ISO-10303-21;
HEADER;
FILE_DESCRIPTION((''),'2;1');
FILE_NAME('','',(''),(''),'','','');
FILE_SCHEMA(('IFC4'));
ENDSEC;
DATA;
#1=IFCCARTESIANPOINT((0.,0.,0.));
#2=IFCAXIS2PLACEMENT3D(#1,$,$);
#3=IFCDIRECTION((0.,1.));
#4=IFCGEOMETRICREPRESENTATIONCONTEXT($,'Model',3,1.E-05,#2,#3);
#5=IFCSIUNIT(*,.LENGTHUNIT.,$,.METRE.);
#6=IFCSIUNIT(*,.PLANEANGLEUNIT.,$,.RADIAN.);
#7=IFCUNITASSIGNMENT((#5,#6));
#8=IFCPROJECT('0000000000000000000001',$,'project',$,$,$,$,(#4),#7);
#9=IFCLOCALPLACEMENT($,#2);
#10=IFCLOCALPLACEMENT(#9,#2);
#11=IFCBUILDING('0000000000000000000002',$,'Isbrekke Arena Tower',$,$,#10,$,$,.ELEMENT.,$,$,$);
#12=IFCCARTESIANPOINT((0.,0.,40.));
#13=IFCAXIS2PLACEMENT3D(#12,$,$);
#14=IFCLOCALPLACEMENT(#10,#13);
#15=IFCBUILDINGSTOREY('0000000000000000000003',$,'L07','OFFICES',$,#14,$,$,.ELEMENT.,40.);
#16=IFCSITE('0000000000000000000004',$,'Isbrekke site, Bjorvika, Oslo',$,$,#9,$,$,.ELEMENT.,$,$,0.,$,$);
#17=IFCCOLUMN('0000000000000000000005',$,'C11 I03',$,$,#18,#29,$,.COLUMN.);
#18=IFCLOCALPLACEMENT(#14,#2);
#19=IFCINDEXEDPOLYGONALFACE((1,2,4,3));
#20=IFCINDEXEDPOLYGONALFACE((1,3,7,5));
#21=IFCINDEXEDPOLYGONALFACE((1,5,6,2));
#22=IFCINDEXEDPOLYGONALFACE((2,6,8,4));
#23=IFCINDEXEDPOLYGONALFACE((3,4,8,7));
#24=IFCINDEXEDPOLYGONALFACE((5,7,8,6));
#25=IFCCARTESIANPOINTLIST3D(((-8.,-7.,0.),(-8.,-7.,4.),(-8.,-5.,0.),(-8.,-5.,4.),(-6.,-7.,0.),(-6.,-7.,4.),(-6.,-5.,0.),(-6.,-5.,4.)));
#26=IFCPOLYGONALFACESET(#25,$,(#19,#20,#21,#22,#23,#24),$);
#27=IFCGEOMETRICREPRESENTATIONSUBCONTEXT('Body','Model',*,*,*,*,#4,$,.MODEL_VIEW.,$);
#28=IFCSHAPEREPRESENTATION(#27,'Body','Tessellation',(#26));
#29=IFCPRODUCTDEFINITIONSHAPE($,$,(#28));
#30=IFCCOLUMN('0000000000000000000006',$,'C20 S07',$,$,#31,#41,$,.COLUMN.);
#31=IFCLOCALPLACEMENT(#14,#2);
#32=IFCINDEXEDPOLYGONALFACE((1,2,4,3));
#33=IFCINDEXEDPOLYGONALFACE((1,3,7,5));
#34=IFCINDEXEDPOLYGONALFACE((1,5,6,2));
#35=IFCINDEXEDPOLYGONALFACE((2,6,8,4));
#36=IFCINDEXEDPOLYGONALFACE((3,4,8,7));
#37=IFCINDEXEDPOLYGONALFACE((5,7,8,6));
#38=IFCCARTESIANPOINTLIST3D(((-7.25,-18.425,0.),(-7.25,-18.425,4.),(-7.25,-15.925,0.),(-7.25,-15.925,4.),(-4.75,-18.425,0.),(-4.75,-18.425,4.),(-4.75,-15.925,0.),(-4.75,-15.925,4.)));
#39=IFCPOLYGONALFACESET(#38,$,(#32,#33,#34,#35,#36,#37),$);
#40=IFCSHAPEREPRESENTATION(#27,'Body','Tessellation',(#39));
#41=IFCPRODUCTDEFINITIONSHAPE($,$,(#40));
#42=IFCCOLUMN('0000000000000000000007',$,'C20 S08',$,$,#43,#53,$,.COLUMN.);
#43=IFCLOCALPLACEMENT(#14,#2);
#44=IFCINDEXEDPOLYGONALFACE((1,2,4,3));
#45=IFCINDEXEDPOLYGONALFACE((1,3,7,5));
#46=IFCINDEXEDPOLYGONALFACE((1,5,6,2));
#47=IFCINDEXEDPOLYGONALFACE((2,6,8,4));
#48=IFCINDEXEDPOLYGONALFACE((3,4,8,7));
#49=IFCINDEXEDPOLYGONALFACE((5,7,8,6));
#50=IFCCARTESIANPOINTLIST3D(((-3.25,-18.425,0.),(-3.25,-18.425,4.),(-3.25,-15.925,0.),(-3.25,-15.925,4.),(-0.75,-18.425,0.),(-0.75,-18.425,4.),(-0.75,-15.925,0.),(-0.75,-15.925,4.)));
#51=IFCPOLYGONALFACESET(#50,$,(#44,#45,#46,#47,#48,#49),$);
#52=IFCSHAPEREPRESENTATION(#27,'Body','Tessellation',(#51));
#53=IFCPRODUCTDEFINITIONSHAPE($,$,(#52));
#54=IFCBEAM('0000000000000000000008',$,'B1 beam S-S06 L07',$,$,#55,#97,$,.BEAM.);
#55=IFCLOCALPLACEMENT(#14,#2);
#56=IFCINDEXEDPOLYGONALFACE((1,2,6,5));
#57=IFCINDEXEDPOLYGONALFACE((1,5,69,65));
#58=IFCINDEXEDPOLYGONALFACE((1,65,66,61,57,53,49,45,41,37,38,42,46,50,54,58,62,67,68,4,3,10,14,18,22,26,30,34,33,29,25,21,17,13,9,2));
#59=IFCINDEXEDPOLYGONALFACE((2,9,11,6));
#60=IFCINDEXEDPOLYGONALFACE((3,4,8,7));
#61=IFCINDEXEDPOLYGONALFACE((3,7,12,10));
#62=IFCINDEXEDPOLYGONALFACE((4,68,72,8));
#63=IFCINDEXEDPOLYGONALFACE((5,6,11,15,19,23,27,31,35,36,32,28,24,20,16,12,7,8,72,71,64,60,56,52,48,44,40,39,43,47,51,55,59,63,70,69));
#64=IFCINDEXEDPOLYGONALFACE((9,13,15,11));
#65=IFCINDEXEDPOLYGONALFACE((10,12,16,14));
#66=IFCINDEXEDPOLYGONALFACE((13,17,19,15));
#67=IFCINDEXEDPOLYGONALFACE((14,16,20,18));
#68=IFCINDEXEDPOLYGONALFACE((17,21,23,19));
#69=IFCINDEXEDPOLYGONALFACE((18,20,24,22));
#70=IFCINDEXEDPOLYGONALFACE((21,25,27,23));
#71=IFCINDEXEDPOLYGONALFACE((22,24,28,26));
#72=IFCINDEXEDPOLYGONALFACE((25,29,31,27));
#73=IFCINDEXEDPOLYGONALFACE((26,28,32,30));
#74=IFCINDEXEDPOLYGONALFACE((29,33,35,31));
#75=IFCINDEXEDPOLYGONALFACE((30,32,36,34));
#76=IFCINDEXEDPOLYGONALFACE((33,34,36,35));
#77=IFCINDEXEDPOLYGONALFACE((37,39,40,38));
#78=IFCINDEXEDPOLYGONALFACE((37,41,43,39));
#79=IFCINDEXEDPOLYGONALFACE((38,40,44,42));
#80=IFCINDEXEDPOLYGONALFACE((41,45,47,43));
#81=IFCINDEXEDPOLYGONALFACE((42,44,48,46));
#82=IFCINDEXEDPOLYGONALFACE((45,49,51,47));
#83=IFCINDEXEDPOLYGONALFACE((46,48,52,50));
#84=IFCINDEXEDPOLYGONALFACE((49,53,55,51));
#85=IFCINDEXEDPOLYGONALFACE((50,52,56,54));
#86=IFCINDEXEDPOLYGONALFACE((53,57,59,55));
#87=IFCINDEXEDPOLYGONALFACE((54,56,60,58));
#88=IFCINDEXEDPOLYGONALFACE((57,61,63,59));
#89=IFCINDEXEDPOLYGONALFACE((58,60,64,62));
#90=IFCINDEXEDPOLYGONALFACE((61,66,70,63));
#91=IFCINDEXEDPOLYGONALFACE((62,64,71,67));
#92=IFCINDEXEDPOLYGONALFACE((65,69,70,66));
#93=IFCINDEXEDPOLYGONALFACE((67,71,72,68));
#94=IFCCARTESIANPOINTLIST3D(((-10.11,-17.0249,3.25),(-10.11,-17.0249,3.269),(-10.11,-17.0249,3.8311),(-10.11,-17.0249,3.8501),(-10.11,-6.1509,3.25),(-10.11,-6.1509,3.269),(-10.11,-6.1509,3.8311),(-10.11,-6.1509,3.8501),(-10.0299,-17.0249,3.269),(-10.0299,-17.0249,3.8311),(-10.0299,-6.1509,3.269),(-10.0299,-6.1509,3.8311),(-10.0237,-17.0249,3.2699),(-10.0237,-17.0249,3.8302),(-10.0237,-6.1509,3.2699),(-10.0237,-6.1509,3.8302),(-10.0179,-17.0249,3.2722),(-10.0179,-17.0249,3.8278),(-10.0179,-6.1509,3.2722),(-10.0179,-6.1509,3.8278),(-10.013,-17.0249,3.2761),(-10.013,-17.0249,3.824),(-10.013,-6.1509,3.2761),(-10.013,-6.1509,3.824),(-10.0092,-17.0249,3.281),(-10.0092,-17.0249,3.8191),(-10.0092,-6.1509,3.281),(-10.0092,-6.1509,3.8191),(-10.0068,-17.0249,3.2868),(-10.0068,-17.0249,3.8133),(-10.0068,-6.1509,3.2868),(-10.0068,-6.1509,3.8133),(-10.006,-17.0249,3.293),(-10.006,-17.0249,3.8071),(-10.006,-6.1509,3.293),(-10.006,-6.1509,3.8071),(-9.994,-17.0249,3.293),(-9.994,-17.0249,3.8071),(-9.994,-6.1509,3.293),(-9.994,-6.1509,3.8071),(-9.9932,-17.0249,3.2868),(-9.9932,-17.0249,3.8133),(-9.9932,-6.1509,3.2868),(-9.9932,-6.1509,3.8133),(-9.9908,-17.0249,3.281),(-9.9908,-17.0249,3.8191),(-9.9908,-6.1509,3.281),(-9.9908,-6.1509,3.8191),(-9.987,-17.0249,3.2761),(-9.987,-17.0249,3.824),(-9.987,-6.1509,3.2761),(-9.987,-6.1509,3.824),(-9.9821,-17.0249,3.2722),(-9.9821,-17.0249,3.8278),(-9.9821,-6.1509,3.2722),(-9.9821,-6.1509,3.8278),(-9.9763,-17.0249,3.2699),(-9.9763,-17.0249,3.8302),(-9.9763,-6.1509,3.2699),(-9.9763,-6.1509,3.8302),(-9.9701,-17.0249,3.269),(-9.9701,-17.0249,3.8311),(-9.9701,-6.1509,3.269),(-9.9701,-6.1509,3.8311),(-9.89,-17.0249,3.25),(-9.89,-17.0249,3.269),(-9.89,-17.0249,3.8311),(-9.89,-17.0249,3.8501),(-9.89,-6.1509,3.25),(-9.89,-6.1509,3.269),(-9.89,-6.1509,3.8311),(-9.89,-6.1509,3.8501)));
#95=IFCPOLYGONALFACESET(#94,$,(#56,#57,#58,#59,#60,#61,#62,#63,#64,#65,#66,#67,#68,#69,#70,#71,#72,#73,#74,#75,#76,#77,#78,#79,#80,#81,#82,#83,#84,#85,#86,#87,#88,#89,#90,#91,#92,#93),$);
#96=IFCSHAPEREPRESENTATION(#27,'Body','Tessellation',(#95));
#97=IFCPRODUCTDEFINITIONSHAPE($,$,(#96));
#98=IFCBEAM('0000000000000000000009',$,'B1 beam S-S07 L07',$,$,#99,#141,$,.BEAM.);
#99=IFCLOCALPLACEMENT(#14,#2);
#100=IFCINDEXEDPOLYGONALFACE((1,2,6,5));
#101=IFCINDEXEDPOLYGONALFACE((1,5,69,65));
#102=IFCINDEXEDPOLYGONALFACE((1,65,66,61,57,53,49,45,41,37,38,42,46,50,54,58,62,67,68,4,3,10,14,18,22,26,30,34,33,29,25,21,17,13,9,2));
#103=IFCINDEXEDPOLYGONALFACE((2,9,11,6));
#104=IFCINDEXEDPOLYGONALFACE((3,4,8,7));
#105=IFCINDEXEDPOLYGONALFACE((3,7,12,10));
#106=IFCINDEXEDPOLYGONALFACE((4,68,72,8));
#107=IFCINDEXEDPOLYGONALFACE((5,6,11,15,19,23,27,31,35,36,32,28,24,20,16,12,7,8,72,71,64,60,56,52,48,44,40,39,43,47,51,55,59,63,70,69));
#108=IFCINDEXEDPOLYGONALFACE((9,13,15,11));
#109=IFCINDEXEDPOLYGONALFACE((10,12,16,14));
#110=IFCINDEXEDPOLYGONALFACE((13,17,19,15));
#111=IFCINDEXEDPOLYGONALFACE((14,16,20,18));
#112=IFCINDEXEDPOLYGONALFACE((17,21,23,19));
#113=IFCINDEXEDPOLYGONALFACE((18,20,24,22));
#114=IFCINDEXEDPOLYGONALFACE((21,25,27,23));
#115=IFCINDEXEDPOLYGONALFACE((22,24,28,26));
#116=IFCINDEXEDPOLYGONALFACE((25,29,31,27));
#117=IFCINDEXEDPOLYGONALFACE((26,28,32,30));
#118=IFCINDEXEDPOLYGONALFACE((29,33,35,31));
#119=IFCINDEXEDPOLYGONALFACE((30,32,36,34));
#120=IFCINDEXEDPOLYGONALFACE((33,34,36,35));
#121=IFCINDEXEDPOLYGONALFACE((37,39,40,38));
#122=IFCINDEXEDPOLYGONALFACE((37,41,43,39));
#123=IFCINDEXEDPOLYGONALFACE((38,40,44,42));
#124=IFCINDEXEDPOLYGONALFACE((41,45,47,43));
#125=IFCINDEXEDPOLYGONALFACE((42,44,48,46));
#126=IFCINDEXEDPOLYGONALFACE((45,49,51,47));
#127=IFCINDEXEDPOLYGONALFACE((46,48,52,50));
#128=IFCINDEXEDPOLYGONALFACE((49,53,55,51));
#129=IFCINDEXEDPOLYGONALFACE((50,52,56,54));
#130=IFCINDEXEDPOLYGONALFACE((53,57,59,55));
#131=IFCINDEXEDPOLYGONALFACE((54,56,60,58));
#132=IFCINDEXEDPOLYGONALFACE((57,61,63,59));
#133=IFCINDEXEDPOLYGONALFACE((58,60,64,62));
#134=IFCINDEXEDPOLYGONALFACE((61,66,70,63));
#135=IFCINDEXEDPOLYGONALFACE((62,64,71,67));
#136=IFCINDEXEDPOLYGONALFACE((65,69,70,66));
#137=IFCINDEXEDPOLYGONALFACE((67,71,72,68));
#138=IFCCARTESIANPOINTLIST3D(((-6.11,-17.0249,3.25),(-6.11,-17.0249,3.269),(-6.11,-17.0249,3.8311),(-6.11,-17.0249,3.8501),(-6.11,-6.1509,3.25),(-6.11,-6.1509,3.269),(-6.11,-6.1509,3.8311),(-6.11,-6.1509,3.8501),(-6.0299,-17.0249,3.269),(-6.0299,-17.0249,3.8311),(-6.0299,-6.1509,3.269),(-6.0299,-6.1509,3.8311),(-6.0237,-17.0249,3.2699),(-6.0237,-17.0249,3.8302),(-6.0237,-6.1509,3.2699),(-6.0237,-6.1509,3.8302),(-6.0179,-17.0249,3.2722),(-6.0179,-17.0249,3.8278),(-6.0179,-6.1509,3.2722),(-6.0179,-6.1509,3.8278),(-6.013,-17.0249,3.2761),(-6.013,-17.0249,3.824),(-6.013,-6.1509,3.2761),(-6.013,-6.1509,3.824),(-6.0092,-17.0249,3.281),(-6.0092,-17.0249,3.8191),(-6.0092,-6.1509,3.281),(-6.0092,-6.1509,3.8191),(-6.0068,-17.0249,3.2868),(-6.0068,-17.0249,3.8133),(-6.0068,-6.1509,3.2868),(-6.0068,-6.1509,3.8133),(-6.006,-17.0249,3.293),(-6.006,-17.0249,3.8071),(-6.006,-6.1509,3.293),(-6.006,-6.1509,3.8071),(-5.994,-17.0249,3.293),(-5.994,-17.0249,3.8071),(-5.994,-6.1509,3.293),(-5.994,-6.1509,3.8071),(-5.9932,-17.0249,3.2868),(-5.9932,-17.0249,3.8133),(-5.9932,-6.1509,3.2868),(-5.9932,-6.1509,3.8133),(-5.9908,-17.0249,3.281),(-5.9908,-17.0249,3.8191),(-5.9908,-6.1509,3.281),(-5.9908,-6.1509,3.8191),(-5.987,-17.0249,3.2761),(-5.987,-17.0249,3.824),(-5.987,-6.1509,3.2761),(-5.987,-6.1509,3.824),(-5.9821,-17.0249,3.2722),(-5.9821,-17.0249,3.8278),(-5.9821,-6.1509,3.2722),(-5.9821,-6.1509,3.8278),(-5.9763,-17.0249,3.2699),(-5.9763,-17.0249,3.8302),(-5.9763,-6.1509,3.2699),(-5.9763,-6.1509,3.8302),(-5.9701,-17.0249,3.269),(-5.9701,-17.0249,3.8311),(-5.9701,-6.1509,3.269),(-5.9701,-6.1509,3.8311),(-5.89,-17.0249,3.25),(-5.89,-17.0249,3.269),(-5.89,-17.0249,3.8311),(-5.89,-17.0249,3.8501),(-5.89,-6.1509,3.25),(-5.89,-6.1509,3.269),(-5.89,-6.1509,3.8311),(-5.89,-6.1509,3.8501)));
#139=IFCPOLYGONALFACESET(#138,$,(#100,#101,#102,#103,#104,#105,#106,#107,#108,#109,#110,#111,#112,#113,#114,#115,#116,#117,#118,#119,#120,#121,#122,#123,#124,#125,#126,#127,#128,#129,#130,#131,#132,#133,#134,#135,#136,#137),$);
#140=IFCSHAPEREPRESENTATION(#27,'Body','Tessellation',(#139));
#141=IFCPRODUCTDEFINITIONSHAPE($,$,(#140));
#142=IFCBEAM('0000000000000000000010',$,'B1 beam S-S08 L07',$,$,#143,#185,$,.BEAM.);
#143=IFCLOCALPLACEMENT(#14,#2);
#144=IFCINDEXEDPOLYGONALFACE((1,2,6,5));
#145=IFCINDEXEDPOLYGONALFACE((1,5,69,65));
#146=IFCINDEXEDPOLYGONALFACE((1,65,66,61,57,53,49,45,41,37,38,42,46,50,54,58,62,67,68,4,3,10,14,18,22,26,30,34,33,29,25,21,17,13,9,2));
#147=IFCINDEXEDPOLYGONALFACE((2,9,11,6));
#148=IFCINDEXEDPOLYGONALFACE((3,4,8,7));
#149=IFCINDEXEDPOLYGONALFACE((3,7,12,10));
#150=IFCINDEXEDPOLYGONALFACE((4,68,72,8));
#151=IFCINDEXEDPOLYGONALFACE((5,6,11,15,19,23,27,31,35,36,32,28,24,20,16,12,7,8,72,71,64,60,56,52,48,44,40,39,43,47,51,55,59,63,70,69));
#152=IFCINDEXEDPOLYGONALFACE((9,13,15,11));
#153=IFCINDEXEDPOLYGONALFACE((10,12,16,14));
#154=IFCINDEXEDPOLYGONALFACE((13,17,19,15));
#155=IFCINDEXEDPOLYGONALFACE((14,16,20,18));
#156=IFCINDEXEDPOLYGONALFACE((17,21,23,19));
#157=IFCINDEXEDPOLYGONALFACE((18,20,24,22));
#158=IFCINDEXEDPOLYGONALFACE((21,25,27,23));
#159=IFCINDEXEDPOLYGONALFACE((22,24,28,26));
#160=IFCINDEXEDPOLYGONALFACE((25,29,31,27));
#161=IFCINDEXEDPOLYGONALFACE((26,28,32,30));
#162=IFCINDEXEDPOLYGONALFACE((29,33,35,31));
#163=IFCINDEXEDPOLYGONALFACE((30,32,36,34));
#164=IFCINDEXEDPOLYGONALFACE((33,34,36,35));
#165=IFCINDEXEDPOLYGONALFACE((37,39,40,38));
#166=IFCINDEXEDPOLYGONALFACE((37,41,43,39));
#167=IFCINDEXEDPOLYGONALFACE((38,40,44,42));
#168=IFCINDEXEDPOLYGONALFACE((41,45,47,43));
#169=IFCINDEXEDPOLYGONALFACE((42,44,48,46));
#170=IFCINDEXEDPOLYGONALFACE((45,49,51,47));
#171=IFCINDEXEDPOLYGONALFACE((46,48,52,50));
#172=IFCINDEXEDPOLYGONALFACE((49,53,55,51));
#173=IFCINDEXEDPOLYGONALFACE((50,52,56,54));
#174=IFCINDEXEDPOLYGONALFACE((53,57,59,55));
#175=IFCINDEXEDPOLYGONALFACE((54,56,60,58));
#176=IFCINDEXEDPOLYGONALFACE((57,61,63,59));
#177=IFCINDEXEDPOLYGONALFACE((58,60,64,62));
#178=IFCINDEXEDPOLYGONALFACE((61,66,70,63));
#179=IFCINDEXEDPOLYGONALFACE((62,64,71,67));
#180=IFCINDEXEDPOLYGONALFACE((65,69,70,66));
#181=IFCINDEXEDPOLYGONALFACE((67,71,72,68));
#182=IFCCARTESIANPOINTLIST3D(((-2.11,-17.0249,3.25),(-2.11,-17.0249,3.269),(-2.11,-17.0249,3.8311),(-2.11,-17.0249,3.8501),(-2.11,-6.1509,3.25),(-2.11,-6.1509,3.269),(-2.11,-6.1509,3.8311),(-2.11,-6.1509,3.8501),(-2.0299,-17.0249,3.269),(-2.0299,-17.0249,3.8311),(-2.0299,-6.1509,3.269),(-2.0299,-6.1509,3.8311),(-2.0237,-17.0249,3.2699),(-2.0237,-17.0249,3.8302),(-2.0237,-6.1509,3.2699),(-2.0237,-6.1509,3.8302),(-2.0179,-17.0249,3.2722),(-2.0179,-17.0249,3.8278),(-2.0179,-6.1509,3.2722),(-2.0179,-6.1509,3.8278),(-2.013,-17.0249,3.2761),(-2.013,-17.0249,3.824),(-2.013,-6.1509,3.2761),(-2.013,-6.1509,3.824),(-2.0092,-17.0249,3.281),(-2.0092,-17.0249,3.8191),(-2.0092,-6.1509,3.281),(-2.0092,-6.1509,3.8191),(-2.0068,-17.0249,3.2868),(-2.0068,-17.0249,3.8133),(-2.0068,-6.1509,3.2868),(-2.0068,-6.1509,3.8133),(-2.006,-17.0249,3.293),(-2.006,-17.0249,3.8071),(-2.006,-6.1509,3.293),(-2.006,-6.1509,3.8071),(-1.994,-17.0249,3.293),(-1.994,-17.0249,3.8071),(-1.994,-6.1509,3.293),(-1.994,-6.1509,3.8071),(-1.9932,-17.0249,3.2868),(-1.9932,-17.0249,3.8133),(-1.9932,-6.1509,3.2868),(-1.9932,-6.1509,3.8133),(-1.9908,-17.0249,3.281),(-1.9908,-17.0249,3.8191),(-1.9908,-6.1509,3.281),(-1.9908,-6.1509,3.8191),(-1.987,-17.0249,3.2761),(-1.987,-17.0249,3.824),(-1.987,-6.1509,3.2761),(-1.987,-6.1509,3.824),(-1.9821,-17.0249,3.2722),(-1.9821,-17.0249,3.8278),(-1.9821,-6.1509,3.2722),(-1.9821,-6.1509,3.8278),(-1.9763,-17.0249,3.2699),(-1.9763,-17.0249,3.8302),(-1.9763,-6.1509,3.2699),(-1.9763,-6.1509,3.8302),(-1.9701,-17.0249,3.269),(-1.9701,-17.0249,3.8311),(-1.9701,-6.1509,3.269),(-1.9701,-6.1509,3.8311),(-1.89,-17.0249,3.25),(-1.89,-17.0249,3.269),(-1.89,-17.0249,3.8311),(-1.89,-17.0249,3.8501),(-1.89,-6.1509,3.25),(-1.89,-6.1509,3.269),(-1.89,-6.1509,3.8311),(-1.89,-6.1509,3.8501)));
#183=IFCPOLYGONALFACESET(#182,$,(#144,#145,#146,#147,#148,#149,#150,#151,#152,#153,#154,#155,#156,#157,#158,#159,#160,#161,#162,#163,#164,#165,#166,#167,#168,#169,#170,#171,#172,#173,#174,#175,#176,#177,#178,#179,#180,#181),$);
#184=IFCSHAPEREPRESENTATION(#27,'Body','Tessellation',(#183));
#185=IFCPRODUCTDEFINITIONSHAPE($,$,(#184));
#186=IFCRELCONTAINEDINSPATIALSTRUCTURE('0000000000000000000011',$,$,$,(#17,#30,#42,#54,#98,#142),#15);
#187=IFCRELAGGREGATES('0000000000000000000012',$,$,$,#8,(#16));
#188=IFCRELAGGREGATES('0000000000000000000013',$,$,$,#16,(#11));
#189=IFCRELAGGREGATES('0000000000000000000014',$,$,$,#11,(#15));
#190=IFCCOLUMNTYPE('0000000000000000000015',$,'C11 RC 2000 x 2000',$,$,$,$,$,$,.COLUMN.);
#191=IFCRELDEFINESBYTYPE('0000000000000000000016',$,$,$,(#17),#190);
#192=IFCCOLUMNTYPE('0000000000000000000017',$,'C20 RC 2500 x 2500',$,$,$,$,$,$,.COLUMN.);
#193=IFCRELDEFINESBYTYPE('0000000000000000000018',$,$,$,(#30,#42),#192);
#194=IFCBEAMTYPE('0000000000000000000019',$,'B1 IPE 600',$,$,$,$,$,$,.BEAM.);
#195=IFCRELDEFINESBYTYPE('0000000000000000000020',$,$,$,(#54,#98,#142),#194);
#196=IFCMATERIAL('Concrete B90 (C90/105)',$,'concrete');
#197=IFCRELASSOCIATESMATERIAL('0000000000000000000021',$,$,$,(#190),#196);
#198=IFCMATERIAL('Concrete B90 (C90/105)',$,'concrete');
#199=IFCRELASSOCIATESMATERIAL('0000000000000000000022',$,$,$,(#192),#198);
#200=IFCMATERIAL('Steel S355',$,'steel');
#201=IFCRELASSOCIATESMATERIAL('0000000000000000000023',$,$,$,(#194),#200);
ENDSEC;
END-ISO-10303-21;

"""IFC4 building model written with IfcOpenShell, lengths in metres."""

from ifc_helpers import new_model, si_unit, direction, frame, origin, origin_2d, place, context, subcontext, project, spatial, rectangle, i_section, extrude, material, material_profile, profile_set, type_object, element, save


model = new_model("IFC4")

# Units and contexts
model_context = context("Model", 3, precision=1e-05, world=origin(), true_north=direction((0.0, 1.0)))
body_context = subcontext(model_context, "Body", "Model", "MODEL_VIEW")
ifc_project = project(units=[si_unit("LENGTHUNIT", "METRE"), si_unit("PLANEANGLEUNIT", "RADIAN")], contexts=[model_context])

# Site, building, storey
site_placement = place(None, origin())
site = spatial("IfcSite", under=ifc_project, at=site_placement, Name="Isbrekke site, Bjorvika, Oslo", CompositionType="ELEMENT", RefElevation=0.0)
building_placement = place(site_placement, origin())
building = spatial("IfcBuilding", under=site, at=building_placement, Name="Isbrekke Arena Tower", CompositionType="ELEMENT")
storey_placement = place(building_placement, frame((0.0, 0.0, 40.0)))
storey = spatial("IfcBuildingStorey", under=building, at=storey_placement, Name="L07", Description="OFFICES", CompositionType="ELEMENT", Elevation=40.0)

# Columns
ifc_material_1 = material(Name="Concrete B90 (C90/105)", Category="concrete")
ifc_material_profile_1 = material_profile(ifc_material_1, rectangle(XDim=2.0, YDim=2.0, at=origin_2d()), Name="RC 2000x2000")
ifc_profile_set_1 = profile_set([ifc_material_profile_1], Name="Concrete B90 (C90/105)")
column_type_1 = type_object("IfcColumnType", Name="C11 RC 2000 x 2000", PredefinedType="COLUMN", material=ifc_profile_set_1)
column_placement = place(storey_placement, frame((-7.0, -6.0, 0.0), z_axis=(0.0, 0.0, 1.0), x_axis=(1.0, 0.0, 0.0)))
element("IfcColumn", 1, at=column_placement, inside=storey, type_object=column_type_1, Name="C11 I03", PredefinedType="COLUMN", context=body_context, shape_type="SweptSolid", body=[
    extrude(rectangle(XDim=2.0, YDim=2.0, at=origin_2d()), origin(), (0.0, 0.0, 1.0), 4.0),
])
ifc_material_2 = material(Name="Concrete B90 (C90/105)", Category="concrete")
ifc_material_profile_2 = material_profile(ifc_material_2, rectangle(XDim=2.5, YDim=2.5, at=origin_2d()), Name="RC 2500x2500")
ifc_profile_set_2 = profile_set([ifc_material_profile_2], Name="Concrete B90 (C90/105)")
column_type_2 = type_object("IfcColumnType", Name="C20 RC 2500 x 2500", PredefinedType="COLUMN", material=ifc_profile_set_2)
for number, where, z_axis, x_axis, name in (
    (2, (-6.0, -17.175, 0.0), (0.0, 0.0, 1.0), (1.0, 0.0, 0.0), "C20 S07"),
    (3, (-2.0, -17.175, 0.0), (0.0, 0.0, 1.0), (1.0, 0.0, 0.0), "C20 S08"),
):
    element("IfcColumn", number, at=place(storey_placement, frame(where, z_axis=z_axis, x_axis=x_axis)), inside=storey, type_object=column_type_2, Name=name, PredefinedType="COLUMN", context=body_context, shape_type="SweptSolid", body=[
        extrude(rectangle(XDim=2.5, YDim=2.5, at=origin_2d()), origin(), (0.0, 0.0, 1.0), 4.0),
    ])

# Beams
ifc_material_3 = material(Name="Steel S355", Category="steel")
ifc_material_profile_3 = material_profile(ifc_material_3, i_section(OverallWidth=0.22, OverallDepth=0.6001, WebThickness=0.012, FlangeThickness=0.019, FilletRadius=0.0239, at=origin_2d()), Name="IPE 600")
ifc_profile_set_3 = profile_set([ifc_material_profile_3], Name="Steel S355")
beam_type_1 = type_object("IfcBeamType", Name="B1 IPE 600", PredefinedType="BEAM", material=ifc_profile_set_3)
for number, where, z_axis, x_axis, name in (
    (4, (-10.0, -17.0249, 3.55), (0.0, 1.0, 0.0), (-1.0, 0.0, 0.0), "B1 beam S-S06 L07"),
    (5, (-6.0, -17.0249, 3.55), (0.0, 1.0, 0.0), (-1.0, 0.0, 0.0), "B1 beam S-S07 L07"),
    (6, (-2.0, -17.0249, 3.55), (0.0, 1.0, 0.0), (-1.0, 0.0, 0.0), "B1 beam S-S08 L07"),
):
    element("IfcBeam", number, at=place(storey_placement, frame(where, z_axis=z_axis, x_axis=x_axis)), inside=storey, type_object=beam_type_1, Name=name, PredefinedType="BEAM", context=body_context, shape_type="SweptSolid", body=[
        extrude(i_section(OverallWidth=0.22, OverallDepth=0.6001, WebThickness=0.012, FlangeThickness=0.019, FilletRadius=0.0239, at=origin_2d()), origin(), (0.0, 0.0, 1.0), 10.874),
    ])

save(model, "model.ifc")
